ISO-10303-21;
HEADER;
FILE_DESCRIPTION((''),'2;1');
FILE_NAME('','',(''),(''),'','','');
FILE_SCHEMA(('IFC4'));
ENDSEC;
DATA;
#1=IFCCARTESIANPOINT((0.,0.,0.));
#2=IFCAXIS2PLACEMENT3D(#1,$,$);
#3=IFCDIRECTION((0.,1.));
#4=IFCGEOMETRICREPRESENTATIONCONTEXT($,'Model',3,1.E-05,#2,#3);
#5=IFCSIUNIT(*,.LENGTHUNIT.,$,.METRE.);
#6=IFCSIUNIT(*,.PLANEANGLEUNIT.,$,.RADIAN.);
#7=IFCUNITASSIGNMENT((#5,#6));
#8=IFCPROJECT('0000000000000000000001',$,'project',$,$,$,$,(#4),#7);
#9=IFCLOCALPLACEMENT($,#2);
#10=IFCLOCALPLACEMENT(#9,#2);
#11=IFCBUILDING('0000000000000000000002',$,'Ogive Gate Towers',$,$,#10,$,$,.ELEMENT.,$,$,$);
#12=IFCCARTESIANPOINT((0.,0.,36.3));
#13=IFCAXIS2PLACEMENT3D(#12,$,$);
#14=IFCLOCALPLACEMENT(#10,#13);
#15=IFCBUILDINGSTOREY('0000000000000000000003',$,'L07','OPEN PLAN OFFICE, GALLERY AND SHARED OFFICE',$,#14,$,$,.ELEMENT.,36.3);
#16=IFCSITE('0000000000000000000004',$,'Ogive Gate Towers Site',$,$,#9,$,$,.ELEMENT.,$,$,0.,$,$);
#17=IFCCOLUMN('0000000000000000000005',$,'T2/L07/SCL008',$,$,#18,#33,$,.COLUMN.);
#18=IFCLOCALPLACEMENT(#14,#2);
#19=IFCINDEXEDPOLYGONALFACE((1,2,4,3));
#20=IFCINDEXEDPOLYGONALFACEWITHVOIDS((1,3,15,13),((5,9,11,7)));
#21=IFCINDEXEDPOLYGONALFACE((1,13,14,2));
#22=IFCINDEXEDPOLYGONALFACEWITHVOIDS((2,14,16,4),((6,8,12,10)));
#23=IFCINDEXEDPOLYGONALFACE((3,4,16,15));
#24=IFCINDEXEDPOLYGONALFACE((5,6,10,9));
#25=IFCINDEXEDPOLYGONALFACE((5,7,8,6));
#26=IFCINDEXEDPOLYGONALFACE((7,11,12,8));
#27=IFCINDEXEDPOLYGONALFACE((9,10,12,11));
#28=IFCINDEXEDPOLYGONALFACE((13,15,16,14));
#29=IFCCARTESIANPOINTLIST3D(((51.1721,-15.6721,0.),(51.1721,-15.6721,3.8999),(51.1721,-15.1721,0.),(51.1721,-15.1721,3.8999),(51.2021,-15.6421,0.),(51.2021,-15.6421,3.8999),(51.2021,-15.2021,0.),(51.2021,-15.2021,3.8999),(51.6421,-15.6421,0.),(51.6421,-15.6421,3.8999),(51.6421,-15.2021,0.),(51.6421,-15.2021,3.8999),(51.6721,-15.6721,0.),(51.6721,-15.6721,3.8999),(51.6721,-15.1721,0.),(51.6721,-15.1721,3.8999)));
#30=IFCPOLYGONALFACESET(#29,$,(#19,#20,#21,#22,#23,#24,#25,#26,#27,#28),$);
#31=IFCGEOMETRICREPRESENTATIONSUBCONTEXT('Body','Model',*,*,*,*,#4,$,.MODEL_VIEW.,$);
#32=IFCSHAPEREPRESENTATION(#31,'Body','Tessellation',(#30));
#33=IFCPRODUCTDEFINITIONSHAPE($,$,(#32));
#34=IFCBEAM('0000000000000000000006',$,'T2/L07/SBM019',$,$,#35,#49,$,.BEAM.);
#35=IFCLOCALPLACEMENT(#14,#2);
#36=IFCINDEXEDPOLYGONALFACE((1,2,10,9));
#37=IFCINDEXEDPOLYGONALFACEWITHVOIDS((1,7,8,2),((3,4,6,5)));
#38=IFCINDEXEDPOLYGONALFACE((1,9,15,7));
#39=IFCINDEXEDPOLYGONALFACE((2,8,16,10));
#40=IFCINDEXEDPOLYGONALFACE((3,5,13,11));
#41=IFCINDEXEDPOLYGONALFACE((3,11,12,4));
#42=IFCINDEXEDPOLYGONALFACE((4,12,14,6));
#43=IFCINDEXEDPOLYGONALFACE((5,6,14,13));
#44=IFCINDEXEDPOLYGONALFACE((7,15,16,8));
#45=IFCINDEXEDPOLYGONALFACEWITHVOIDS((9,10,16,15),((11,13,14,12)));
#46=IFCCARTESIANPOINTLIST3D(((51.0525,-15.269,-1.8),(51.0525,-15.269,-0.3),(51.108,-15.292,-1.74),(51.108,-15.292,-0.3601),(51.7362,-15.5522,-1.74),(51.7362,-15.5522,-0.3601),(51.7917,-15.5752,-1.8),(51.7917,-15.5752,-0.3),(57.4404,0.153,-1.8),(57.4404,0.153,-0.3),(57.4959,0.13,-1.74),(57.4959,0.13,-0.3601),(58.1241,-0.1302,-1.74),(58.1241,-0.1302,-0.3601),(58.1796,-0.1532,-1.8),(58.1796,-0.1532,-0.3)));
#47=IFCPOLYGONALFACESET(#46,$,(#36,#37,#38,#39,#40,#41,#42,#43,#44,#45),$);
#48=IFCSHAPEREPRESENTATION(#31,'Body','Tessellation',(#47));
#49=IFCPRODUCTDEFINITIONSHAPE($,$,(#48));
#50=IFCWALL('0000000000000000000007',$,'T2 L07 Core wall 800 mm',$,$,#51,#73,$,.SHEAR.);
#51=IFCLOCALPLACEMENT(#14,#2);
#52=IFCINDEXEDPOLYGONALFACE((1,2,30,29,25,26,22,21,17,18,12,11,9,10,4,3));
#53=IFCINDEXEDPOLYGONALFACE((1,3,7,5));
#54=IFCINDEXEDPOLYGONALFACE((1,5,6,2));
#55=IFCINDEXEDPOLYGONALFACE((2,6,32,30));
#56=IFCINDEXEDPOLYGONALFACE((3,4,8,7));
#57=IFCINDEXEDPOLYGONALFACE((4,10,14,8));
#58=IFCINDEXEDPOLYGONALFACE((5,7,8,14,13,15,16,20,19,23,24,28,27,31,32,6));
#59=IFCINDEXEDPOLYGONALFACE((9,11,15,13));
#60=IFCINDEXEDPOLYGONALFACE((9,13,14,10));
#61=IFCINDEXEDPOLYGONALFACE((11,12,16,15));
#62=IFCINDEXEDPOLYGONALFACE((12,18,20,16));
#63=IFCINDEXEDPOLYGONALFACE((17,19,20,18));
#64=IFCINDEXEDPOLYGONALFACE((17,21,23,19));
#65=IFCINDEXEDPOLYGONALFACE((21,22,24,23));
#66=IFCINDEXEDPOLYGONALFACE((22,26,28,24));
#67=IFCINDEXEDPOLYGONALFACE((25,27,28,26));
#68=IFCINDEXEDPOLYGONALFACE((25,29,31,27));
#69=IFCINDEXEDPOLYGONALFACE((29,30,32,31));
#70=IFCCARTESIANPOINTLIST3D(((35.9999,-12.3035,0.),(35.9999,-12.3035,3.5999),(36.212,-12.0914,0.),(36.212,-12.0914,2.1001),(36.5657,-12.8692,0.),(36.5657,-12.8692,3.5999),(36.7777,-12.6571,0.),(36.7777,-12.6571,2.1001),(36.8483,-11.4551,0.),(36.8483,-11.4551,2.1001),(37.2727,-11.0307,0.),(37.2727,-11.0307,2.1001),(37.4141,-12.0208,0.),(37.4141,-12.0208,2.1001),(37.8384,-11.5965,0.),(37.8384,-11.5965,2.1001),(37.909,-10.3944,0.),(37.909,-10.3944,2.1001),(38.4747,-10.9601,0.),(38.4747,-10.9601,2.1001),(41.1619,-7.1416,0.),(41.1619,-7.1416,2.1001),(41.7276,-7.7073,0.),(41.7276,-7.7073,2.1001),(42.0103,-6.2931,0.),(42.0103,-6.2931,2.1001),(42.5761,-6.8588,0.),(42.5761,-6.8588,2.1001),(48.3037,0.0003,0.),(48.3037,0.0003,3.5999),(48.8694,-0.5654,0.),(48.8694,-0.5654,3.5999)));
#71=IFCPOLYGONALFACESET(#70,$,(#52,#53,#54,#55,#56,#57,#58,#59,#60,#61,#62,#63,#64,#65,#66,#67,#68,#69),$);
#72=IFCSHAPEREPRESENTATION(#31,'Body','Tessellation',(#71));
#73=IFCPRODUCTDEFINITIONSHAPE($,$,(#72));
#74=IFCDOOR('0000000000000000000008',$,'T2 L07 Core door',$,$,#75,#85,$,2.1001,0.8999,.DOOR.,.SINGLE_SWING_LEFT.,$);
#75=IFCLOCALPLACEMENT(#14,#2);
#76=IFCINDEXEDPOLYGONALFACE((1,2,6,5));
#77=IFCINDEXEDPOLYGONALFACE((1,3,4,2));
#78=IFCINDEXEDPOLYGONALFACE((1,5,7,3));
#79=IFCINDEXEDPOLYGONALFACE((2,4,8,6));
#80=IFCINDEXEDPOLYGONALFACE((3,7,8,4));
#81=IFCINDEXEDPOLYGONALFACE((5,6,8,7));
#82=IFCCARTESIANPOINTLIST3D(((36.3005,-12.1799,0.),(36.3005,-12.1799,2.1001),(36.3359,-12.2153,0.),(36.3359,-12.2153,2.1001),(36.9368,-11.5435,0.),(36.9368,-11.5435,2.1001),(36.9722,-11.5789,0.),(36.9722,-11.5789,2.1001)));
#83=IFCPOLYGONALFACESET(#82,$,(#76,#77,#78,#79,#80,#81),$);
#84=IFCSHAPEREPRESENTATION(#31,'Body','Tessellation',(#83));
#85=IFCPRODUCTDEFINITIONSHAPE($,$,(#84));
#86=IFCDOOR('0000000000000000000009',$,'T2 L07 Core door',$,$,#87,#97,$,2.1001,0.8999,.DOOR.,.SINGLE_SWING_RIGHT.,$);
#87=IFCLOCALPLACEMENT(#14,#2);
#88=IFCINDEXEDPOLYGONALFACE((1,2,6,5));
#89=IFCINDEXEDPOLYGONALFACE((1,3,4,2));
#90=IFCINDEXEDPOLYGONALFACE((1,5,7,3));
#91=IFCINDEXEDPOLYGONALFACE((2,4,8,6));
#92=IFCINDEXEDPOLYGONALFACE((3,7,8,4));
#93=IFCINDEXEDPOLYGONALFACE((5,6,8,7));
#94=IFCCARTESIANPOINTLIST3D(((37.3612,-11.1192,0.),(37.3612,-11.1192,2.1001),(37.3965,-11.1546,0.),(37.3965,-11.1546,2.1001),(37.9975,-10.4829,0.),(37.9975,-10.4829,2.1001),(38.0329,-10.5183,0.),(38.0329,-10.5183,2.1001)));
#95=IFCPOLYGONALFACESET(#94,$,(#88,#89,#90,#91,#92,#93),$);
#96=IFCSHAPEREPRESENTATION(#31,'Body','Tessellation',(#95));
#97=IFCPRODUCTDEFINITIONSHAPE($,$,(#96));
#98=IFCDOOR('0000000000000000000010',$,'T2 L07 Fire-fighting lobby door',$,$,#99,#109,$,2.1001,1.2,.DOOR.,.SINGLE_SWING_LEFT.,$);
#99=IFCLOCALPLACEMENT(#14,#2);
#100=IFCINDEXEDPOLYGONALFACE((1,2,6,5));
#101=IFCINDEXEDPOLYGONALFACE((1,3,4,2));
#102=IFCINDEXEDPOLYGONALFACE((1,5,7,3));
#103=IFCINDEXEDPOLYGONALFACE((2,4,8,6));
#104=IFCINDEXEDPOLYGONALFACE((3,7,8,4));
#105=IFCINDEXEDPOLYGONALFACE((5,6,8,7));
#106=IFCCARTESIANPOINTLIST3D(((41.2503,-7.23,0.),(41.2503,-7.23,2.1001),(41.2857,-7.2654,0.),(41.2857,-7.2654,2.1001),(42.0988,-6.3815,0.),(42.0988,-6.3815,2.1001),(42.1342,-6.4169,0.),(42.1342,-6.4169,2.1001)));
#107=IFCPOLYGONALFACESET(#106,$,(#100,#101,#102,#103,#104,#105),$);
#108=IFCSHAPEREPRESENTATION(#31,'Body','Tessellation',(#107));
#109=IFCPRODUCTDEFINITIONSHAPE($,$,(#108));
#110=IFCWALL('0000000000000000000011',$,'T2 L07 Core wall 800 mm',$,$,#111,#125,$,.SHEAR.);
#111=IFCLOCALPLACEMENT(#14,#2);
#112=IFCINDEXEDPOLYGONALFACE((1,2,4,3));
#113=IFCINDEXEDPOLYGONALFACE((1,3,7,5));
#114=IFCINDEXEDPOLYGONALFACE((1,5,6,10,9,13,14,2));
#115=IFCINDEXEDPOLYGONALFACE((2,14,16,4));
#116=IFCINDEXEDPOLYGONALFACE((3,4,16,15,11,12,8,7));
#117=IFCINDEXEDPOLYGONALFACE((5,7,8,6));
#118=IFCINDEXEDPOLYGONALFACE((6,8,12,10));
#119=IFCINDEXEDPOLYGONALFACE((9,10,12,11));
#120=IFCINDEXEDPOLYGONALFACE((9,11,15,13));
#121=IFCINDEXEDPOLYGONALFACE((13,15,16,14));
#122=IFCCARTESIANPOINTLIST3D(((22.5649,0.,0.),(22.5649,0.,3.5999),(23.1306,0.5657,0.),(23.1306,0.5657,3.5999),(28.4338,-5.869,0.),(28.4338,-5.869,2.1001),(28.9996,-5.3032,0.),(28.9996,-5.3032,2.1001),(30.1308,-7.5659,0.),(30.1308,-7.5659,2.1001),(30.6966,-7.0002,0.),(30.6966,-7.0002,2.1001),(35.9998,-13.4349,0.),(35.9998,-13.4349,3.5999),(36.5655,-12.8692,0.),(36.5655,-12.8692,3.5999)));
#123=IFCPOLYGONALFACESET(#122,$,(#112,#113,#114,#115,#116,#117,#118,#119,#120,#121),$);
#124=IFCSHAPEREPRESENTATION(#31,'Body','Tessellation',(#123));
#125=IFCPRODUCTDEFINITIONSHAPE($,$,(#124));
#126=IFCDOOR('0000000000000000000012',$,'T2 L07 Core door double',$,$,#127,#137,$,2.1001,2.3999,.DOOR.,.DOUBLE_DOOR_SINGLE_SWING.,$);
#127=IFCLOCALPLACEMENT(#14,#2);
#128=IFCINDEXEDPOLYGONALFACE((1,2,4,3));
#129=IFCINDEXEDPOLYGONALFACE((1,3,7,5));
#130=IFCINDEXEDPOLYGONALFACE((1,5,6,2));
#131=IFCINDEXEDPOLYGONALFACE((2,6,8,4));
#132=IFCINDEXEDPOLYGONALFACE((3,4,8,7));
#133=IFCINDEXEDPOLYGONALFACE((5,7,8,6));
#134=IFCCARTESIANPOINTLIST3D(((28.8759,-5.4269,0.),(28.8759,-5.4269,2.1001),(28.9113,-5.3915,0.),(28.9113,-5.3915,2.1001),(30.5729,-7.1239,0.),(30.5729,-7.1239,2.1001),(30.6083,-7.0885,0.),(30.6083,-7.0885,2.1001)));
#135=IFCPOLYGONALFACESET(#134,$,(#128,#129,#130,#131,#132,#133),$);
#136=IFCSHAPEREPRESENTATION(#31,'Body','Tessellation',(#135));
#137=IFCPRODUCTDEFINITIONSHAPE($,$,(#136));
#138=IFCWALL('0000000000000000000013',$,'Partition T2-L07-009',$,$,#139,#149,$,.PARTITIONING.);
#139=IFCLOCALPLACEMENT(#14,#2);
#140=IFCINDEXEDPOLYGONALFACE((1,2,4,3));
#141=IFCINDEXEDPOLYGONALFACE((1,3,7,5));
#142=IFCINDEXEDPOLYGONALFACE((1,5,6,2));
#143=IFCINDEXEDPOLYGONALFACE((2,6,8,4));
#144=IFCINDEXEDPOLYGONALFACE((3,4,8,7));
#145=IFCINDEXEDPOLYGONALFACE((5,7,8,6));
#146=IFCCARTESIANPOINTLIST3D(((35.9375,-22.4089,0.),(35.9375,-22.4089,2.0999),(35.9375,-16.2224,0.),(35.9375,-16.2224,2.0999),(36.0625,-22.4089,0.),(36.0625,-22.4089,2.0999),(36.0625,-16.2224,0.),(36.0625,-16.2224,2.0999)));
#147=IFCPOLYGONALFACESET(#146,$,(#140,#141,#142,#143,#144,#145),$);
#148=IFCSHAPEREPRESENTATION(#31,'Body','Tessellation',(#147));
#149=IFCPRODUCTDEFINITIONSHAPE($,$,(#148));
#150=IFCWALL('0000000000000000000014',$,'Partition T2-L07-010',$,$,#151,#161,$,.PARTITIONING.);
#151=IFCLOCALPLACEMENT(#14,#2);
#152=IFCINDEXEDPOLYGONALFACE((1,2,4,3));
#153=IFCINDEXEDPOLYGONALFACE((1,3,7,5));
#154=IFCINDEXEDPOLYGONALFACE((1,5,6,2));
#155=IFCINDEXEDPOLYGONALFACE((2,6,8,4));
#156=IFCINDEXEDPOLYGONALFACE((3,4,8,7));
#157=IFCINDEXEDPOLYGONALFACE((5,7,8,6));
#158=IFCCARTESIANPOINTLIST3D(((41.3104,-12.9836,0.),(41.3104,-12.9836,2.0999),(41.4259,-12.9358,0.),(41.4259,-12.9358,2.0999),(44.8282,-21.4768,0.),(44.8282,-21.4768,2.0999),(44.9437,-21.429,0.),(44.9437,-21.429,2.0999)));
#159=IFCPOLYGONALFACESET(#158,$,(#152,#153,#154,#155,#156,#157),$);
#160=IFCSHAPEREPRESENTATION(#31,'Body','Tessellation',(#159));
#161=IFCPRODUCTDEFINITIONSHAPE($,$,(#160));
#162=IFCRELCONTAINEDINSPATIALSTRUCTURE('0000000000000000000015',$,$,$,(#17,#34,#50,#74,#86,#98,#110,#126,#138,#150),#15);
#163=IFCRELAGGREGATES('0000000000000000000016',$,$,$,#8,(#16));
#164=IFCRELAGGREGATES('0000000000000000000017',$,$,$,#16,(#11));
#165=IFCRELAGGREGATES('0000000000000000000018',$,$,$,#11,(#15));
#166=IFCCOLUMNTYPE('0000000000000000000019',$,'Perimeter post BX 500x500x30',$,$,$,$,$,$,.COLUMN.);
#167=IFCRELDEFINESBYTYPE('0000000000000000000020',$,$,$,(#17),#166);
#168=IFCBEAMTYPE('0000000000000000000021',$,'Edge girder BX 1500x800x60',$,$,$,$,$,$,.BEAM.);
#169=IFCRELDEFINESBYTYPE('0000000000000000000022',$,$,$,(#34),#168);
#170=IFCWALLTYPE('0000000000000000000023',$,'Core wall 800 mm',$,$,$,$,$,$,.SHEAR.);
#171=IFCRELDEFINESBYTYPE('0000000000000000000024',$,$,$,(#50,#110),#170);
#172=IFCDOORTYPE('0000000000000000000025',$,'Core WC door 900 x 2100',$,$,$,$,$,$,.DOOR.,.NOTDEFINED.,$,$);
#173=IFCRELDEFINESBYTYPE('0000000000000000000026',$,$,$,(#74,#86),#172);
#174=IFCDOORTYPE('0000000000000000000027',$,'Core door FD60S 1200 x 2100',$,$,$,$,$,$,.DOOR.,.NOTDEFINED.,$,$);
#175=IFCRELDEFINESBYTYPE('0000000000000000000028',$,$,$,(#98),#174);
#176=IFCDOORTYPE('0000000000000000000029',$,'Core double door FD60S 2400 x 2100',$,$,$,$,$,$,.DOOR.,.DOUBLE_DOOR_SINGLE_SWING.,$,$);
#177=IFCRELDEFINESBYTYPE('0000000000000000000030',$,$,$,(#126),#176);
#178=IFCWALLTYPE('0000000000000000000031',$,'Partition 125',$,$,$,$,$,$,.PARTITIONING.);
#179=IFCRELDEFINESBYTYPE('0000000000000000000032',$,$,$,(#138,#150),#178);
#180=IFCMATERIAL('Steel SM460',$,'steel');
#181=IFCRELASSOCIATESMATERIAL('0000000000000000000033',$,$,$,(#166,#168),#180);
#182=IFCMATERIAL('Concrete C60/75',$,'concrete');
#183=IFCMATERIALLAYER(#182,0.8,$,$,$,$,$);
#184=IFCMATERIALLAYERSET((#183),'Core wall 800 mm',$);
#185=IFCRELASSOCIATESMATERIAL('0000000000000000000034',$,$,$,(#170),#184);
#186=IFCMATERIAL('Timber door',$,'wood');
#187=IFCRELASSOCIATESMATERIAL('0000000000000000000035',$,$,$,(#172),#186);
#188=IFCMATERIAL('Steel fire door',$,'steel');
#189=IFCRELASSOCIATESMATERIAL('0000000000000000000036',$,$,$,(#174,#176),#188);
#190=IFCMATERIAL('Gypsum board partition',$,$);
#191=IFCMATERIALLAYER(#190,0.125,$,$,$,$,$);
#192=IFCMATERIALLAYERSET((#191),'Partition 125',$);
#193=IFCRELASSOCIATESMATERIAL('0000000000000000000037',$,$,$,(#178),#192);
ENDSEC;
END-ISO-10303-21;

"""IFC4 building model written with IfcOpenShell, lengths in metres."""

from ifc_helpers import new_model, si_unit, direction, frame, frame_2d, origin, origin_2d, place, context, subcontext, project, spatial, rectangle, hollow_rectangle, extrude, material, layer, layer_set, material_profile, profile_set, type_object, element, fill, save


model = new_model("IFC4")

# Units and contexts
model_context = context("Model", 3, precision=1e-05, world=origin(), true_north=direction((0.0, 1.0)))
body_context = subcontext(model_context, "Body", "Model", "MODEL_VIEW")
ifc_project = project(units=[si_unit("LENGTHUNIT", "METRE"), si_unit("PLANEANGLEUNIT", "RADIAN")], contexts=[model_context])

# Site, building, storey
site_placement = place(None, origin())
site = spatial("IfcSite", under=ifc_project, at=site_placement, Name="Ogive Gate Towers Site", CompositionType="ELEMENT", RefElevation=0.0)
building_placement = place(site_placement, origin())
building = spatial("IfcBuilding", under=site, at=building_placement, Name="Ogive Gate Towers", CompositionType="ELEMENT")
storey_placement = place(building_placement, frame((0.0, 0.0, 36.3)))
storey = spatial("IfcBuildingStorey", under=building, at=storey_placement, Name="L07", Description="OPEN PLAN OFFICE, GALLERY AND SHARED OFFICE", CompositionType="ELEMENT", Elevation=36.3)

# Column
ifc_material_1 = material(Name="Steel SM460", Category="steel")
ifc_material_profile_1 = material_profile(ifc_material_1, hollow_rectangle(XDim=0.5, YDim=0.5, WallThickness=0.03, at=origin_2d()), Name="BX 500x500x30")
ifc_profile_set_1 = profile_set([ifc_material_profile_1], Name="Steel SM460")
column_type = type_object("IfcColumnType", Name="Perimeter post BX 500x500x30", PredefinedType="COLUMN", material=ifc_profile_set_1)
column_placement = place(storey_placement, frame((51.4221, -15.4221, 0.0), z_axis=(0.0, 0.0, 1.0), x_axis=(1.0, 0.0, 0.0)))
element("IfcColumn", 1, at=column_placement, inside=storey, type_object=column_type, Name="T2/L07/SCL008", PredefinedType="COLUMN", context=body_context, shape_type="SweptSolid", body=[
    extrude(hollow_rectangle(XDim=0.5, YDim=0.5, WallThickness=0.03, at=origin_2d()), origin(), (0.0, 0.0, 1.0), 3.8999),
])

# Beam
ifc_material_profile_2 = material_profile(ifc_material_1, hollow_rectangle(XDim=0.8, YDim=1.5, WallThickness=0.0601, at=origin_2d()), Name="BX 1500x800x60")
ifc_profile_set_2 = profile_set([ifc_material_profile_2], Name="Steel SM460")
beam_type = type_object("IfcBeamType", Name="Edge girder BX 1500x800x60", PredefinedType="BEAM", material=ifc_profile_set_2)
beam_placement = place(storey_placement, frame((51.4221, -15.4221, -1.05), z_axis=(0.382678, 0.923882, 0.0), x_axis=(-0.923882, 0.382678, 0.0)))
element("IfcBeam", 2, at=beam_placement, inside=storey, type_object=beam_type, Name="T2/L07/SBM019", PredefinedType="BEAM", context=body_context, shape_type="SweptSolid", body=[
    extrude(hollow_rectangle(XDim=0.8, YDim=1.5, WallThickness=0.0601, at=origin_2d()), origin(), (0.0, 0.0, 1.0), 16.6926),
])

# Wall, openings, doors
ifc_material_2 = material(Name="Concrete C60/75", Category="concrete")
ifc_layer_1 = layer(ifc_material_2, 0.8)
ifc_layer_set_1 = layer_set([ifc_layer_1], Name="Core wall 800 mm")
wall_type_1 = type_object("IfcWallType", Name="Core wall 800 mm", PredefinedType="SHEAR", material=ifc_layer_set_1)
wall_1_placement = place(storey_placement, frame((36.2827, -12.5864, 0.0), z_axis=(0.0, 0.0, 1.0), x_axis=(0.707107, 0.707107, 0.0)))
wall_1 = element("IfcWall", 3, at=wall_1_placement, inside=storey, type_object=wall_type_1, Name="T2 L07 Core wall 800 mm", PredefinedType="SHEAR", context=body_context, shape_type="SweptSolid", body=[
    extrude(rectangle(XDim=17.4001, YDim=0.8, at=frame_2d((8.7002, 0.0))), origin(), (0.0, 0.0, 1.0), 3.5999),
])
opening_1_placement = place(wall_1_placement, frame((7.3, 0.0, 0.0)))
opening_1 = element("IfcOpeningElement", 4, at=opening_1_placement, cuts=wall_1, PredefinedType="OPENING", context=body_context, shape_type="SweptSolid", body=[
    extrude(rectangle(XDim=1.2, YDim=2.1001, at=frame_2d((0.6001, 1.05))), frame((0.0, 0.4102, 0.0), z_axis=(0.0, -1.0, 0.0), x_axis=(1.0, 0.0, 0.0)), (0.0, 0.0, 1.0), 0.8201),
])
opening_2_placement = place(wall_1_placement, frame((0.3, 0.0, 0.0)))
opening_2 = element("IfcOpeningElement", 5, at=opening_2_placement, cuts=wall_1, PredefinedType="OPENING", context=body_context, shape_type="SweptSolid", body=[
    extrude(rectangle(XDim=0.8999, YDim=2.1001, at=frame_2d((0.45, 1.05))), frame((0.0, 0.4102, 0.0), z_axis=(0.0, -1.0, 0.0), x_axis=(1.0, 0.0, 0.0)), (0.0, 0.0, 1.0), 0.8201),
])
opening_3_placement = place(wall_1_placement, frame((1.8, 0.0, 0.0)))
opening_3 = element("IfcOpeningElement", 6, at=opening_3_placement, cuts=wall_1, PredefinedType="OPENING", context=body_context, shape_type="SweptSolid", body=[
    extrude(rectangle(XDim=0.8999, YDim=2.1001, at=frame_2d((0.45, 1.05))), frame((0.0, 0.4102, 0.0), z_axis=(0.0, -1.0, 0.0), x_axis=(1.0, 0.0, 0.0)), (0.0, 0.0, 1.0), 0.8201),
])
ifc_material_3 = material(Name="Timber door", Category="wood")
door_type_1 = type_object("IfcDoorType", Name="Core WC door 900 x 2100", OperationType="NOTDEFINED", PredefinedType="DOOR", material=ifc_material_3)
door_1_placement = place(opening_2_placement, origin())
door_1 = element("IfcDoor", 7, at=door_1_placement, inside=storey, type_object=door_type_1, Name="T2 L07 Core door", OperationType="SINGLE_SWING_LEFT", OverallHeight=2.1001, OverallWidth=0.8999, PredefinedType="DOOR", context=body_context, shape_type="SweptSolid", body=[
    extrude(rectangle(XDim=0.8999, YDim=2.1001, at=frame_2d((0.45, 1.05))), frame((0.0, 0.2749, 0.0), z_axis=(0.0, -1.0, 0.0), x_axis=(1.0, 0.0, 0.0)), (0.0, 0.0, 1.0), 0.05),
])
fill(opening_2, door_1)
door_2_placement = place(opening_3_placement, origin())
door_2 = element("IfcDoor", 8, at=door_2_placement, inside=storey, type_object=door_type_1, Name="T2 L07 Core door", OperationType="SINGLE_SWING_RIGHT", OverallHeight=2.1001, OverallWidth=0.8999, PredefinedType="DOOR", context=body_context, shape_type="SweptSolid", body=[
    extrude(rectangle(XDim=0.8999, YDim=2.1001, at=frame_2d((0.45, 1.05))), frame((0.0, 0.2749, 0.0), z_axis=(0.0, -1.0, 0.0), x_axis=(1.0, 0.0, 0.0)), (0.0, 0.0, 1.0), 0.05),
])
fill(opening_3, door_2)
ifc_material_4 = material(Name="Steel fire door", Category="steel")
door_type_2 = type_object("IfcDoorType", Name="Core door FD60S 1200 x 2100", OperationType="NOTDEFINED", PredefinedType="DOOR", material=ifc_material_4)
door_3_placement = place(opening_1_placement, origin())
door_3 = element("IfcDoor", 9, at=door_3_placement, inside=storey, type_object=door_type_2, Name="T2 L07 Fire-fighting lobby door", OperationType="SINGLE_SWING_LEFT", OverallHeight=2.1001, OverallWidth=1.2, PredefinedType="DOOR", context=body_context, shape_type="SweptSolid", body=[
    extrude(rectangle(XDim=1.2, YDim=2.1001, at=frame_2d((0.6001, 1.05))), frame((0.0, 0.2749, 0.0), z_axis=(0.0, -1.0, 0.0), x_axis=(1.0, 0.0, 0.0)), (0.0, 0.0, 1.0), 0.05),
])
fill(opening_1, door_3)

# Wall, opening, door
wall_2_placement = place(storey_placement, frame((36.2827, -13.1521, 0.0), z_axis=(0.0, 0.0, 1.0), x_axis=(-0.707107, 0.707107, 0.0)))
wall_2 = element("IfcWall", 10, at=wall_2_placement, inside=storey, type_object=wall_type_1, Name="T2 L07 Core wall 800 mm", PredefinedType="SHEAR", context=body_context, shape_type="SweptSolid", body=[
    extrude(rectangle(XDim=18.9998, YDim=0.8, at=frame_2d((9.5, 0.0))), origin(), (0.0, 0.0, 1.0), 3.5999),
])
opening_4_placement = place(wall_2_placement, frame((8.3, 0.0, 0.0)))
opening_4 = element("IfcOpeningElement", 11, at=opening_4_placement, cuts=wall_2, PredefinedType="OPENING", context=body_context, shape_type="SweptSolid", body=[
    extrude(rectangle(XDim=2.3999, YDim=2.1001, at=frame_2d((1.2, 1.05))), frame((0.0, 0.4102, 0.0), z_axis=(0.0, -1.0, 0.0), x_axis=(1.0, 0.0, 0.0)), (0.0, 0.0, 1.0), 0.8201),
])
door_type_3 = type_object("IfcDoorType", Name="Core double door FD60S 2400 x 2100", OperationType="DOUBLE_DOOR_SINGLE_SWING", PredefinedType="DOOR", material=ifc_material_4)
door_4_placement = place(opening_4_placement, origin())
door_4 = element("IfcDoor", 12, at=door_4_placement, inside=storey, type_object=door_type_3, Name="T2 L07 Core door double", OperationType="DOUBLE_DOOR_SINGLE_SWING", OverallHeight=2.1001, OverallWidth=2.3999, PredefinedType="DOOR", context=body_context, shape_type="SweptSolid", body=[
    extrude(rectangle(XDim=2.3999, YDim=2.1001, at=frame_2d((1.2, 1.05))), frame((0.0, -0.2251, 0.0), z_axis=(0.0, -1.0, 0.0), x_axis=(1.0, 0.0, 0.0)), (0.0, 0.0, 1.0), 0.05),
])
fill(opening_4, door_4)

# Walls
ifc_material_5 = material(Name="Gypsum board partition")
ifc_layer_2 = layer(ifc_material_5, 0.125)
ifc_layer_set_2 = layer_set([ifc_layer_2], Name="Partition 125")
wall_type_2 = type_object("IfcWallType", Name="Partition 125", PredefinedType="PARTITIONING", material=ifc_layer_set_2)
wall_3_placement = place(storey_placement, frame((36.0, -22.4089, 0.0), z_axis=(0.0, 0.0, 1.0), x_axis=(0.0, 1.0, 0.0)))
element("IfcWall", 13, at=wall_3_placement, inside=storey, type_object=wall_type_2, Name="Partition T2-L07-009", PredefinedType="PARTITIONING", context=body_context, shape_type="SweptSolid", body=[
    extrude(rectangle(XDim=6.1865, YDim=0.125, at=frame_2d((3.0933, 0.0))), origin(), (0.0, 0.0, 1.0), 2.0999),
])
wall_4_placement = place(storey_placement, frame((44.886, -21.4529, 0.0), z_axis=(0.0, 0.0, 1.0), x_axis=(-0.382668, 0.923886, 0.0)))
element("IfcWall", 14, at=wall_4_placement, inside=storey, type_object=wall_type_2, Name="Partition T2-L07-010", PredefinedType="PARTITIONING", context=body_context, shape_type="SweptSolid", body=[
    extrude(rectangle(XDim=9.1929, YDim=0.125, at=frame_2d((4.5964, 0.0))), origin(), (0.0, 0.0, 1.0), 2.0999),
])

save(model, "model.ifc")
